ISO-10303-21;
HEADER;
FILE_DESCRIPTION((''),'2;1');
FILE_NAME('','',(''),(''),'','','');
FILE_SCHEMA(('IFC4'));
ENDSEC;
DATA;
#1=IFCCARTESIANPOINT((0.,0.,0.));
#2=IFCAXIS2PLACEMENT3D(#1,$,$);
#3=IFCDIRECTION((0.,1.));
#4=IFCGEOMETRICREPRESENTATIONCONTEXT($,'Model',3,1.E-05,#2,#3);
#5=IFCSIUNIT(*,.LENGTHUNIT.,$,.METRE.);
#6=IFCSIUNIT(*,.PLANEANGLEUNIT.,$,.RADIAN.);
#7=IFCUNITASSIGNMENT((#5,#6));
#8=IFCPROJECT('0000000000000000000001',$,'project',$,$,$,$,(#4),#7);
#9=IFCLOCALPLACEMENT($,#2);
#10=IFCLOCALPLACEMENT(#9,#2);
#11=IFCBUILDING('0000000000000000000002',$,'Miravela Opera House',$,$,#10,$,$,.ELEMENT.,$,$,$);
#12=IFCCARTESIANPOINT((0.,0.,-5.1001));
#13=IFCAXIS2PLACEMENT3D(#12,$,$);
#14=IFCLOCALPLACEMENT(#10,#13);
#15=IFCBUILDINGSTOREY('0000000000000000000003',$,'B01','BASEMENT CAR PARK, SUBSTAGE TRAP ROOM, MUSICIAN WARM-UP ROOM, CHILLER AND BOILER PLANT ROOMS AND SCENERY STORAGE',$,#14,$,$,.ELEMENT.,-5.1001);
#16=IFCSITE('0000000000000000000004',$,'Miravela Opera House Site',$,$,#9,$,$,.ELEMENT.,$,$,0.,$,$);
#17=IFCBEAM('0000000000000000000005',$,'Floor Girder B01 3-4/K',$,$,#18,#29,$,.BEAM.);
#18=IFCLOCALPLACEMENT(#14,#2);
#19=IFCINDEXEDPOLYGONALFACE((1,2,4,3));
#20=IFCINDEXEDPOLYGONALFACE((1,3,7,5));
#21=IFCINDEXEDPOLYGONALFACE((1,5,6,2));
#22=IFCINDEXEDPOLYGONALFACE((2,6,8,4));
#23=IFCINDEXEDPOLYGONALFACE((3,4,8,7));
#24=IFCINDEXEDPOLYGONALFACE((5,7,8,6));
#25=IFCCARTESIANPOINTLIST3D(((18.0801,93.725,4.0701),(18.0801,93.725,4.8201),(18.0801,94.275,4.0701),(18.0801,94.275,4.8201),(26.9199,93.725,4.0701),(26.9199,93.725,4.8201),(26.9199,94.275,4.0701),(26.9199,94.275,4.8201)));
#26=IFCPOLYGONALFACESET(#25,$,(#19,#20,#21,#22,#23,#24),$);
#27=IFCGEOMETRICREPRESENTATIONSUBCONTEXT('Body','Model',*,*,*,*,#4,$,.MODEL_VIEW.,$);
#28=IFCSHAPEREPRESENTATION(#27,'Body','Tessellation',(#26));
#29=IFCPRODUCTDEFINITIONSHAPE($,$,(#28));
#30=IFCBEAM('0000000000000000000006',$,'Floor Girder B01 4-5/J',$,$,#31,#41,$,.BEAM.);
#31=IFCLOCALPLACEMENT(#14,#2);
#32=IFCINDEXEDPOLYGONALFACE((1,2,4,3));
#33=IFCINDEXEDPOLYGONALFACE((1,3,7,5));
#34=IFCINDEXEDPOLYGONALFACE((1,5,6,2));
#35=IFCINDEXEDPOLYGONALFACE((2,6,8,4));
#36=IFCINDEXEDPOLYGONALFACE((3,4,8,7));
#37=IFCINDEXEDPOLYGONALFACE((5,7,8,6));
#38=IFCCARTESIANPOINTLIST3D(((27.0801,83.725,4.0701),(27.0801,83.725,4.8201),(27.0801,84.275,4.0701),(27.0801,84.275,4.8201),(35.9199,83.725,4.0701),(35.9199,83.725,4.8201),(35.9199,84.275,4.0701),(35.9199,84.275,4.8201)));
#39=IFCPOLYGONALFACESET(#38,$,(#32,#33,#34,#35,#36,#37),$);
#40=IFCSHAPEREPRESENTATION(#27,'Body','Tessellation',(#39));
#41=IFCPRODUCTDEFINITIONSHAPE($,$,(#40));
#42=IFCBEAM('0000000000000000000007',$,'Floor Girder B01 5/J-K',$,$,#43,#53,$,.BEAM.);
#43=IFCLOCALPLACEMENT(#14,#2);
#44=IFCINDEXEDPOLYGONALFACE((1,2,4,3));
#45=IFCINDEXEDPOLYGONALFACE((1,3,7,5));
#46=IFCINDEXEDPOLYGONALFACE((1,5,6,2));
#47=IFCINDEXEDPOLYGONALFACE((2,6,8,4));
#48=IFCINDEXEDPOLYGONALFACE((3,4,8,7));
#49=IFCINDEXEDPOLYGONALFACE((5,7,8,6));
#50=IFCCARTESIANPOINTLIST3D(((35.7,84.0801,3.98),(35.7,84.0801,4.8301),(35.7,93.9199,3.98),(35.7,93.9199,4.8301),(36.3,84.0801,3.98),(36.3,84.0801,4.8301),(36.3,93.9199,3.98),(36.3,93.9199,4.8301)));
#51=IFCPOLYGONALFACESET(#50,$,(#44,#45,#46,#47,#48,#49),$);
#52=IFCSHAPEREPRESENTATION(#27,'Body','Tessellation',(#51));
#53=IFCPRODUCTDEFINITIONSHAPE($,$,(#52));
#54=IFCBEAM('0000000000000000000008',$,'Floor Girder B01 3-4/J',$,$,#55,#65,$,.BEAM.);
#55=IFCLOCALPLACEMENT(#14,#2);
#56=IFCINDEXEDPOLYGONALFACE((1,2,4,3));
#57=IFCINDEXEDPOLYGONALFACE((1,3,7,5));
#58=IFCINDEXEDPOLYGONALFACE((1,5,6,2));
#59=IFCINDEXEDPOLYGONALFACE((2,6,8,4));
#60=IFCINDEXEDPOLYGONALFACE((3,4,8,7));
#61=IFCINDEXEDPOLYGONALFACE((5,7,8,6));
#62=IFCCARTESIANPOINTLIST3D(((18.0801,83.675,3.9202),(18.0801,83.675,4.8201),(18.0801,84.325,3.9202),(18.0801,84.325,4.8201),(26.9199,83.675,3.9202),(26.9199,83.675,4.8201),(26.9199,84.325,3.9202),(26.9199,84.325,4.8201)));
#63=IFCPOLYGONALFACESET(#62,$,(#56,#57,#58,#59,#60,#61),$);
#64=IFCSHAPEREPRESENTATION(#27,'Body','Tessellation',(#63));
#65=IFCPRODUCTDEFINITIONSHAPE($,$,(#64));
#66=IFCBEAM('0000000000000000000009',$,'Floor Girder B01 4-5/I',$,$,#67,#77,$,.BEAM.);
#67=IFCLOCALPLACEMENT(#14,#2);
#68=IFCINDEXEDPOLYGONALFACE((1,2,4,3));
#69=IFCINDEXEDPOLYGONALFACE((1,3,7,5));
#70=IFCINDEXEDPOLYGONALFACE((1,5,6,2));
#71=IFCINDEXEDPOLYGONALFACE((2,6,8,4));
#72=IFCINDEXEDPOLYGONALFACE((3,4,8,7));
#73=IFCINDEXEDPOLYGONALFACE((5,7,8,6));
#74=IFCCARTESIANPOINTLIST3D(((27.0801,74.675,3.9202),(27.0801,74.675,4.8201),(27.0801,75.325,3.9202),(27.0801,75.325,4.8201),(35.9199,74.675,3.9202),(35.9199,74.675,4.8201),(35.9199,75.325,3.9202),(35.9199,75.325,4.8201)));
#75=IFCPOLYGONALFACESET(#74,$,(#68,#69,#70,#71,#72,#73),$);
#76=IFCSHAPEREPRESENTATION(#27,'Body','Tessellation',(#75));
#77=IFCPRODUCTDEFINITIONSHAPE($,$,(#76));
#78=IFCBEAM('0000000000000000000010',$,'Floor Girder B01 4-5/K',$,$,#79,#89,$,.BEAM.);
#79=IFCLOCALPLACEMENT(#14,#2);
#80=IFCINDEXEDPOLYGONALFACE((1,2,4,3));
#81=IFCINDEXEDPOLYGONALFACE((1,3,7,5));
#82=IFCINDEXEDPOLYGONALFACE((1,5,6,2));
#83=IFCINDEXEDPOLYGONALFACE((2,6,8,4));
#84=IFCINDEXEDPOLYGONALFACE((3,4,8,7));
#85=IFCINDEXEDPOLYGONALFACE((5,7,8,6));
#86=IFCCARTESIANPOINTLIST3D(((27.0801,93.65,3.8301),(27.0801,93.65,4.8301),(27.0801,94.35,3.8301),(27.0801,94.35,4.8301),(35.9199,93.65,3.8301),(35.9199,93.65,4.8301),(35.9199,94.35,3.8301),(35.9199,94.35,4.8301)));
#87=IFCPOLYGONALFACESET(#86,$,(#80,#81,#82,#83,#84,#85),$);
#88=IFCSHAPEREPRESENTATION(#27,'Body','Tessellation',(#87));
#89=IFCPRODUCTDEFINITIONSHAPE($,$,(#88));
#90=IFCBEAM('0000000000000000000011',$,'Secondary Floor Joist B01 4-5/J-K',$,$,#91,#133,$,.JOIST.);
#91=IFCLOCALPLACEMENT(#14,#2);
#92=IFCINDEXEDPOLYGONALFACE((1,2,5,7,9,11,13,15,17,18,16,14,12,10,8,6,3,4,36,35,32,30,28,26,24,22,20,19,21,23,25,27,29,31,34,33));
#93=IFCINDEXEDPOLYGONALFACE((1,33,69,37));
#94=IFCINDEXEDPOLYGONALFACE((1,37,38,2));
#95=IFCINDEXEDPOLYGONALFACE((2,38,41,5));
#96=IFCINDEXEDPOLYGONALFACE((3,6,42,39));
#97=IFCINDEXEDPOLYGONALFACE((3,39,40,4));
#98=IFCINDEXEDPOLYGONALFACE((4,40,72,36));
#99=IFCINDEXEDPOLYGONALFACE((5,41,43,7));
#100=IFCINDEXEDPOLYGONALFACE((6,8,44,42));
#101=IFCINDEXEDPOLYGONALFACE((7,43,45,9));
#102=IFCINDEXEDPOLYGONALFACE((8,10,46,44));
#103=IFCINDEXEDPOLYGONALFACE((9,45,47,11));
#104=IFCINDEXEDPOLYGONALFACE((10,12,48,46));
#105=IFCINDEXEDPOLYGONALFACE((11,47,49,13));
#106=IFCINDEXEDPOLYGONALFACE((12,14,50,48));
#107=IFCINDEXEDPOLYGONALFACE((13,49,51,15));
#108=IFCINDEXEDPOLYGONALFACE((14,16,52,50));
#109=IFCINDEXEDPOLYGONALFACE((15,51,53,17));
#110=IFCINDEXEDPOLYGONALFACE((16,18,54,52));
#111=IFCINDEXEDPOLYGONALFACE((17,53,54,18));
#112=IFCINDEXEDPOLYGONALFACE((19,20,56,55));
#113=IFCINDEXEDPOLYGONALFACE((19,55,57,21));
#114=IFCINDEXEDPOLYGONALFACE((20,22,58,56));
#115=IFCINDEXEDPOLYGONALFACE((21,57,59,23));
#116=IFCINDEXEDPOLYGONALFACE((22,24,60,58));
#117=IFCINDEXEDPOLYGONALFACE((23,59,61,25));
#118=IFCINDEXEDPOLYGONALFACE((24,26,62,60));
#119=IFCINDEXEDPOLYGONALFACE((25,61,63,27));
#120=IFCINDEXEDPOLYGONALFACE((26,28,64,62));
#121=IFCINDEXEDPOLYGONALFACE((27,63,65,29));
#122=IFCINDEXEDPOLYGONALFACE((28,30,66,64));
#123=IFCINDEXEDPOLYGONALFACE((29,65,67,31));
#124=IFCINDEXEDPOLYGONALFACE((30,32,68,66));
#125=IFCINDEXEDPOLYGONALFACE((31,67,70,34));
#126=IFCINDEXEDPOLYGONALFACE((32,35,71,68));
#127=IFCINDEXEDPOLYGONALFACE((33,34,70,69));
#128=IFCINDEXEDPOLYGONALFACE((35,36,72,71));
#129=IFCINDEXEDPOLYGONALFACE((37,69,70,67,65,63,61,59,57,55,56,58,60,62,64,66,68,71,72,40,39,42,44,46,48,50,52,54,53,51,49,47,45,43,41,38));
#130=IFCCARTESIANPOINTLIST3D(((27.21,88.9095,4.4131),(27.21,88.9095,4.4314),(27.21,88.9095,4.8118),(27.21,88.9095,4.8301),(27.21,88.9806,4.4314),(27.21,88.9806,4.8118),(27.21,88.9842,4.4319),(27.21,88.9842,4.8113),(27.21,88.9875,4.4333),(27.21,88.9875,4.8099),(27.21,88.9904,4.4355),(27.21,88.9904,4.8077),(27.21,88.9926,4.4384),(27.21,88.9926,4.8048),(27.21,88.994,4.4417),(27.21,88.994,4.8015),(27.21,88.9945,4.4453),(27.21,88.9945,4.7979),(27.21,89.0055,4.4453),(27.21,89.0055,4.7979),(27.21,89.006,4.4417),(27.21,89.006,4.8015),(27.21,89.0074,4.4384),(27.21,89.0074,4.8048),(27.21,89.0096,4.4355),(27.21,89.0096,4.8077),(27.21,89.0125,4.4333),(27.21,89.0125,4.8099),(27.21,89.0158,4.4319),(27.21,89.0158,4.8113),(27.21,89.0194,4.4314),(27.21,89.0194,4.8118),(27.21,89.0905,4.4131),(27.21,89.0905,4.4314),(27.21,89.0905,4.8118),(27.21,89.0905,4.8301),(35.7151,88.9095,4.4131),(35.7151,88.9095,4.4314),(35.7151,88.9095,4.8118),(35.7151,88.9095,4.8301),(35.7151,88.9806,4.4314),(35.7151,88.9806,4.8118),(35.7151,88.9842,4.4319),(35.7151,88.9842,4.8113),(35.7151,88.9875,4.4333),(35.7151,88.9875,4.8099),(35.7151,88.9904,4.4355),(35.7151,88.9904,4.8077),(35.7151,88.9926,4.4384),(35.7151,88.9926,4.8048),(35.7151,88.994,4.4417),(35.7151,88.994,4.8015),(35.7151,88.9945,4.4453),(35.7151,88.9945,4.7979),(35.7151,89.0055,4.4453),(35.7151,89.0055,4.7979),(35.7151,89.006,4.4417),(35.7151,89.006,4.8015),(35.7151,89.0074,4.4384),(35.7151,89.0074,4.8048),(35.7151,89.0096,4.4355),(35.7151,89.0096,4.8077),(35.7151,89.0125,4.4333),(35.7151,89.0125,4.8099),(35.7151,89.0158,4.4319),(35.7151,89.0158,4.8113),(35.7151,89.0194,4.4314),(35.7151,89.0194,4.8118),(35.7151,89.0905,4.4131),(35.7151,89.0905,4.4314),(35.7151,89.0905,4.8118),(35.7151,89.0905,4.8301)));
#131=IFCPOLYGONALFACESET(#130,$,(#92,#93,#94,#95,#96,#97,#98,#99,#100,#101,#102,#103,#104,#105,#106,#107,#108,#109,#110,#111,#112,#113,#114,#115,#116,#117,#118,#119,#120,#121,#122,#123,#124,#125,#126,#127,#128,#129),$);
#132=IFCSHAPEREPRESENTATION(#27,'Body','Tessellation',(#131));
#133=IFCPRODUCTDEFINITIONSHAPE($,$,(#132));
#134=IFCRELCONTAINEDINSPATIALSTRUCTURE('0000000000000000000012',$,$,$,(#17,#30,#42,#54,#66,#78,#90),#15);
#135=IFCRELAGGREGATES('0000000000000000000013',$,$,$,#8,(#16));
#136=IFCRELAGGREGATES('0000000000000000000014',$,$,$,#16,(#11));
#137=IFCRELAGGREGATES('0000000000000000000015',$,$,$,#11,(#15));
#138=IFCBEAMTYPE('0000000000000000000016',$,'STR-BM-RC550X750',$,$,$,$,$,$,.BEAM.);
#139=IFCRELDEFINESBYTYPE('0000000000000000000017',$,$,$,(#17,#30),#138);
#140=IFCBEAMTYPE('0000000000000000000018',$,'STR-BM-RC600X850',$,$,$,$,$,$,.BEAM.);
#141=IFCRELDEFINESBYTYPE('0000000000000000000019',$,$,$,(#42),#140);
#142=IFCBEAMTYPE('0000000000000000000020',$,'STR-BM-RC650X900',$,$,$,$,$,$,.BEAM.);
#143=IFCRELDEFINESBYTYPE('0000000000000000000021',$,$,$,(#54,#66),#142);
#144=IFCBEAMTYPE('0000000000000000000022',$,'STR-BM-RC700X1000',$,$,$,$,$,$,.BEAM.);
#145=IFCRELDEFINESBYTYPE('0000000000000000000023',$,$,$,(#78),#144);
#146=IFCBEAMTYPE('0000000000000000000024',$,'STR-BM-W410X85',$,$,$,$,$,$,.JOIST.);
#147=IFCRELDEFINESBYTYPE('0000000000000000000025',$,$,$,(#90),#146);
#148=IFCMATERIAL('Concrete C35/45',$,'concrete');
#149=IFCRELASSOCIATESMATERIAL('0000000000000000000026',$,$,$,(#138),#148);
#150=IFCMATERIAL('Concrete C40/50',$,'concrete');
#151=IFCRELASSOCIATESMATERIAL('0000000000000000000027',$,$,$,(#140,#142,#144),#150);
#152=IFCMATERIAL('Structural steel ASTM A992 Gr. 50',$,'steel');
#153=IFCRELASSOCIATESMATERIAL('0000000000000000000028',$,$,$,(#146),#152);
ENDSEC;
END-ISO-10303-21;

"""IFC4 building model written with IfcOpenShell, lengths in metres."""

from ifc_helpers import new_model, si_unit, direction, frame, origin, origin_2d, place, context, subcontext, project, spatial, rectangle, i_section, extrude, material, material_profile, profile_set, type_object, element, save


model = new_model("IFC4")

# Units and contexts
model_context = context("Model", 3, precision=1e-05, world=origin(), true_north=direction((0.0, 1.0)))
body_context = subcontext(model_context, "Body", "Model", "MODEL_VIEW")
ifc_project = project(units=[si_unit("LENGTHUNIT", "METRE"), si_unit("PLANEANGLEUNIT", "RADIAN")], contexts=[model_context])

# Site, building, storey
site_placement = place(None, origin())
site = spatial("IfcSite", under=ifc_project, at=site_placement, Name="Miravela Opera House Site", CompositionType="ELEMENT", RefElevation=0.0)
building_placement = place(site_placement, origin())
building = spatial("IfcBuilding", under=site, at=building_placement, Name="Miravela Opera House", CompositionType="ELEMENT")
storey_placement = place(building_placement, frame((0.0, 0.0, -5.1001)))
storey = spatial("IfcBuildingStorey", under=building, at=storey_placement, Name="B01", Description="BASEMENT CAR PARK, SUBSTAGE TRAP ROOM, MUSICIAN WARM-UP ROOM, CHILLER AND BOILER PLANT ROOMS AND SCENERY STORAGE", CompositionType="ELEMENT", Elevation=-5.1001)

# Shared definitions
ifc_material_1 = material(Name="Concrete C35/45", Category="concrete")

# Shared definitions
ifc_material_2 = material(Name="Concrete C40/50", Category="concrete")

# Beams
ifc_material_profile_1 = material_profile(ifc_material_1, rectangle(XDim=0.55, YDim=0.75, at=origin_2d()), Name="RC-BM-550X750")
ifc_profile_set_1 = profile_set([ifc_material_profile_1])
beam_type_1 = type_object("IfcBeamType", Name="STR-BM-RC550X750", PredefinedType="BEAM", material=ifc_profile_set_1)
for number, where, z_axis, x_axis, name in (
    (1, (18.0801, 94.0, 4.4451), (1.0, 0.0, 0.0), (0.0, 1.0, 0.0), "Floor Girder B01 3-4/K"),
    (2, (27.0801, 84.0, 4.4451), (1.0, 0.0, 0.0), (0.0, 1.0, 0.0), "Floor Girder B01 4-5/J"),
):
    element("IfcBeam", number, at=place(storey_placement, frame(where, z_axis=z_axis, x_axis=x_axis)), inside=storey, type_object=beam_type_1, Name=name, PredefinedType="BEAM", context=body_context, shape_type="SweptSolid", body=[
        extrude(rectangle(XDim=0.55, YDim=0.75, at=origin_2d()), origin(), (0.0, 0.0, 1.0), 8.8398),
    ])
ifc_material_profile_2 = material_profile(ifc_material_2, rectangle(XDim=0.6001, YDim=0.8501, at=origin_2d()), Name="RC-BM-600X850")
ifc_profile_set_2 = profile_set([ifc_material_profile_2])
beam_type_2 = type_object("IfcBeamType", Name="STR-BM-RC600X850", PredefinedType="BEAM", material=ifc_profile_set_2)
beam_1_placement = place(storey_placement, frame((36.0, 84.0801, 4.405), z_axis=(0.0, 1.0, 0.0), x_axis=(-1.0, 0.0, 0.0)))
element("IfcBeam", 3, at=beam_1_placement, inside=storey, type_object=beam_type_2, Name="Floor Girder B01 5/J-K", PredefinedType="BEAM", context=body_context, shape_type="SweptSolid", body=[
    extrude(rectangle(XDim=0.6001, YDim=0.8501, at=origin_2d()), origin(), (0.0, 0.0, 1.0), 9.8398),
])
ifc_material_profile_3 = material_profile(ifc_material_2, rectangle(XDim=0.6499, YDim=0.8999, at=origin_2d()), Name="RC-BM-650X900")
ifc_profile_set_3 = profile_set([ifc_material_profile_3])
beam_type_3 = type_object("IfcBeamType", Name="STR-BM-RC650X900", PredefinedType="BEAM", material=ifc_profile_set_3)
for number, where, z_axis, x_axis, name in (
    (4, (18.0801, 84.0, 4.3701), (1.0, 0.0, 0.0), (0.0, 1.0, 0.0), "Floor Girder B01 3-4/J"),
    (5, (27.0801, 75.0, 4.3701), (1.0, 0.0, 0.0), (0.0, 1.0, 0.0), "Floor Girder B01 4-5/I"),
):
    element("IfcBeam", number, at=place(storey_placement, frame(where, z_axis=z_axis, x_axis=x_axis)), inside=storey, type_object=beam_type_3, Name=name, PredefinedType="BEAM", context=body_context, shape_type="SweptSolid", body=[
        extrude(rectangle(XDim=0.6499, YDim=0.8999, at=origin_2d()), origin(), (0.0, 0.0, 1.0), 8.8398),
    ])
ifc_material_profile_4 = material_profile(ifc_material_2, rectangle(XDim=0.7, YDim=1.0, at=origin_2d()), Name="RC-BM-700X1000")
ifc_profile_set_4 = profile_set([ifc_material_profile_4])
beam_type_4 = type_object("IfcBeamType", Name="STR-BM-RC700X1000", PredefinedType="BEAM", material=ifc_profile_set_4)
beam_2_placement = place(storey_placement, frame((27.0801, 94.0, 4.3301), z_axis=(1.0, 0.0, 0.0), x_axis=(0.0, 1.0, 0.0)))
element("IfcBeam", 6, at=beam_2_placement, inside=storey, type_object=beam_type_4, Name="Floor Girder B01 4-5/K", PredefinedType="BEAM", context=body_context, shape_type="SweptSolid", body=[
    extrude(rectangle(XDim=0.7, YDim=1.0, at=origin_2d()), origin(), (0.0, 0.0, 1.0), 8.8398),
])
ifc_material_3 = material(Name="Structural steel ASTM A992 Gr. 50", Category="steel")
ifc_material_profile_5 = material_profile(ifc_material_3, i_section(OverallWidth=0.1809, OverallDepth=0.417, WebThickness=0.011, FlangeThickness=0.0183, FilletRadius=0.0139, at=origin_2d()), Name="W410X85")
ifc_profile_set_5 = profile_set([ifc_material_profile_5])
beam_type_5 = type_object("IfcBeamType", Name="STR-BM-W410X85", PredefinedType="JOIST", material=ifc_profile_set_5)
beam_3_placement = place(storey_placement, frame((27.21, 89.0, 4.6216), z_axis=(1.0, 0.0, 0.0), x_axis=(0.0, 1.0, 0.0)))
element("IfcBeam", 7, at=beam_3_placement, inside=storey, type_object=beam_type_5, Name="Secondary Floor Joist B01 4-5/J-K", PredefinedType="JOIST", context=body_context, shape_type="SweptSolid", body=[
    extrude(i_section(OverallWidth=0.1809, OverallDepth=0.417, WebThickness=0.011, FlangeThickness=0.0183, FilletRadius=0.0139, at=origin_2d()), origin(), (0.0, 0.0, 1.0), 8.5051),
])

save(model, "model.ifc")
